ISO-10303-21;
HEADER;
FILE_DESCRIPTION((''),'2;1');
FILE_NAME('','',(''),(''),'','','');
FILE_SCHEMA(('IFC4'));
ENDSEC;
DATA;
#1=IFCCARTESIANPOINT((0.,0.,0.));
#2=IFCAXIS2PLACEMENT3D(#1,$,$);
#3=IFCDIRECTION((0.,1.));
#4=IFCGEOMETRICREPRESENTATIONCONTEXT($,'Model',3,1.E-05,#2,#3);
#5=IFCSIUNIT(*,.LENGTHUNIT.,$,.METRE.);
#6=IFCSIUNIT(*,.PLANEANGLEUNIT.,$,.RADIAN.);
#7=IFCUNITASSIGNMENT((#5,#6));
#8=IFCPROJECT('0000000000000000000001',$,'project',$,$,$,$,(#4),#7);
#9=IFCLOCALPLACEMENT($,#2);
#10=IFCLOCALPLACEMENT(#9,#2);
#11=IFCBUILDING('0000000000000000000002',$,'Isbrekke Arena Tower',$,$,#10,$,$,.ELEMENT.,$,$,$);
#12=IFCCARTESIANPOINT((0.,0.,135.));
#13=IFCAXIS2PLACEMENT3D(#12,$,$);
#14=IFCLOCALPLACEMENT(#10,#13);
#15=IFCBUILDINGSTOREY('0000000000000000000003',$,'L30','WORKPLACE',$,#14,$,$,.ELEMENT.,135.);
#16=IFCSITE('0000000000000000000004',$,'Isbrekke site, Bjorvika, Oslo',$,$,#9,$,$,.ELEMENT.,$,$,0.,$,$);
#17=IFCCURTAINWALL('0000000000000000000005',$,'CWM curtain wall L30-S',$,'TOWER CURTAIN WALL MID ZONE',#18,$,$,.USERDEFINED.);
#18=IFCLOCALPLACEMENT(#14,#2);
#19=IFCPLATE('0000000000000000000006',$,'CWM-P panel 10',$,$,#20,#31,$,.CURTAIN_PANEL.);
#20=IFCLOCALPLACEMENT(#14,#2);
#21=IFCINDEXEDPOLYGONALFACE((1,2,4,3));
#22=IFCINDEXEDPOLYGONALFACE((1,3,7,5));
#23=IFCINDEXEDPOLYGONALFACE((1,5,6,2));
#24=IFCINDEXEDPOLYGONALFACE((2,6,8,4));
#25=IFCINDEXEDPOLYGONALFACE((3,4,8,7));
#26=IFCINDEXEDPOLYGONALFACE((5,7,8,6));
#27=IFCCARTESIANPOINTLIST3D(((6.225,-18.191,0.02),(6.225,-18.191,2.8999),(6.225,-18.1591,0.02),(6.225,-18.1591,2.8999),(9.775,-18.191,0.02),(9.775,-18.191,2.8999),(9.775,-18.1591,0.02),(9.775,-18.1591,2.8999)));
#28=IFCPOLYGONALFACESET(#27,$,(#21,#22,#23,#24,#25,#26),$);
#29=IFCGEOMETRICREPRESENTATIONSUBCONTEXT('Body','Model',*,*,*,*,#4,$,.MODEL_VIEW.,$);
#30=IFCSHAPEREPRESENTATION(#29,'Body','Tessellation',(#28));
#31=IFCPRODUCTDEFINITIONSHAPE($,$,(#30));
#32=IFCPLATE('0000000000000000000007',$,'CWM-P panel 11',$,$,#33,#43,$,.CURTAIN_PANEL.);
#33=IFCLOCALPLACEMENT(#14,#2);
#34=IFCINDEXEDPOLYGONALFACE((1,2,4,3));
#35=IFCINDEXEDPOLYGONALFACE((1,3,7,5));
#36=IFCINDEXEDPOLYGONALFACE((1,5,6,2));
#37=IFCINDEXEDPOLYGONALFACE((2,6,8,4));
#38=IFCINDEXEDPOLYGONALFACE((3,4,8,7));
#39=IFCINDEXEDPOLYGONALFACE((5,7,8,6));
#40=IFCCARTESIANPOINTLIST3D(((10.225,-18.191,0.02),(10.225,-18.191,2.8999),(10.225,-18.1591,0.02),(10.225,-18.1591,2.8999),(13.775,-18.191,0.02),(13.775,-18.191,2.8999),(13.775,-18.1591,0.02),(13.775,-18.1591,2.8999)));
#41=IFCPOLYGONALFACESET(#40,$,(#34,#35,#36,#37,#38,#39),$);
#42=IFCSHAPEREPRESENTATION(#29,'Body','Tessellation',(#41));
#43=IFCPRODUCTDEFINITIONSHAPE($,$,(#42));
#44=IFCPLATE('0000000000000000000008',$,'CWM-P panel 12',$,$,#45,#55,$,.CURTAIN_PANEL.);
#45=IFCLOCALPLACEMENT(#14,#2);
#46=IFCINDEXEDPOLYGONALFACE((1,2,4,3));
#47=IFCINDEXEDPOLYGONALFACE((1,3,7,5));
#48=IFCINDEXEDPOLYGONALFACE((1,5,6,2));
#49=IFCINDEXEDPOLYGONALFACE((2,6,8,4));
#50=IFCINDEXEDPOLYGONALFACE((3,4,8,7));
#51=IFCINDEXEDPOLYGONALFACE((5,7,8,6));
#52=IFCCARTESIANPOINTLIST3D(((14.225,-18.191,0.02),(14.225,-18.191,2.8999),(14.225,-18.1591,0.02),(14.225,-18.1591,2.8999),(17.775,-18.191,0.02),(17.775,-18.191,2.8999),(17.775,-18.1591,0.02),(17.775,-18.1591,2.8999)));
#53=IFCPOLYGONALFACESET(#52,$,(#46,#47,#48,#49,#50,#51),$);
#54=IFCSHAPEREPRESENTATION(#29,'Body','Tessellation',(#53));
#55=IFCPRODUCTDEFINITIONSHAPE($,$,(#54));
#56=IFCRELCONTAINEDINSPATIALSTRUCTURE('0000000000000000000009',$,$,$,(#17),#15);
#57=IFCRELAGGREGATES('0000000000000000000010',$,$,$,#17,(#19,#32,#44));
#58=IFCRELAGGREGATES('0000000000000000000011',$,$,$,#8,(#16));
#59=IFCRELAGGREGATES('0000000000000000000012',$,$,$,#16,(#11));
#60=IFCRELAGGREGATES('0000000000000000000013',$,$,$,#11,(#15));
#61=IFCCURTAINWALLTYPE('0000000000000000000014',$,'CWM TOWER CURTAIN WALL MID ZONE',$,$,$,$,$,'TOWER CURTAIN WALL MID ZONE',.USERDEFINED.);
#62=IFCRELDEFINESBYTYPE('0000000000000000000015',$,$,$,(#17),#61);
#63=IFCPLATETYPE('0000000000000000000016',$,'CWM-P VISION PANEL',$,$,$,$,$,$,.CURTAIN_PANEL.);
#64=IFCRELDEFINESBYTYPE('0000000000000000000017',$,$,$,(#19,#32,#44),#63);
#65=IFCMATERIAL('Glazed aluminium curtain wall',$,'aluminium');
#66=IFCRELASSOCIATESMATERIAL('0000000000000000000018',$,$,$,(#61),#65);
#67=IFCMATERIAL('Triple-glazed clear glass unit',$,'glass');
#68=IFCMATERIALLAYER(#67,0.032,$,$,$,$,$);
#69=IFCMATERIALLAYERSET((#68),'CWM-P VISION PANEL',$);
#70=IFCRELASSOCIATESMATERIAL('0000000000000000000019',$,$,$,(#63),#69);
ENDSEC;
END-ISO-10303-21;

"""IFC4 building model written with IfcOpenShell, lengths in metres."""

from ifc_helpers import new_model, si_unit, direction, frame, origin, origin_2d, place, context, subcontext, project, spatial, rectangle, extrude, material, layer, layer_set, type_object, element, aggregate, save


model = new_model("IFC4")

# Units and contexts
model_context = context("Model", 3, precision=1e-05, world=origin(), true_north=direction((0.0, 1.0)))
body_context = subcontext(model_context, "Body", "Model", "MODEL_VIEW")
ifc_project = project(units=[si_unit("LENGTHUNIT", "METRE"), si_unit("PLANEANGLEUNIT", "RADIAN")], contexts=[model_context])

# Site, building, storey
site_placement = place(None, origin())
site = spatial("IfcSite", under=ifc_project, at=site_placement, Name="Isbrekke site, Bjorvika, Oslo", CompositionType="ELEMENT", RefElevation=0.0)
building_placement = place(site_placement, origin())
building = spatial("IfcBuilding", under=site, at=building_placement, Name="Isbrekke Arena Tower", CompositionType="ELEMENT")
storey_placement = place(building_placement, frame((0.0, 0.0, 135.0)))
storey = spatial("IfcBuildingStorey", under=building, at=storey_placement, Name="L30", Description="WORKPLACE", CompositionType="ELEMENT", Elevation=135.0)

# Curtain wall
ifc_material_1 = material(Name="Glazed aluminium curtain wall", Category="aluminium")
curtain_wall_type = type_object("IfcCurtainWallType", Name="CWM TOWER CURTAIN WALL MID ZONE", ElementType="TOWER CURTAIN WALL MID ZONE", PredefinedType="USERDEFINED", material=ifc_material_1)
curtain_wall_placement = place(storey_placement, origin())
curtain_wall = element("IfcCurtainWall", 1, at=curtain_wall_placement, inside=storey, type_object=curtain_wall_type, Name="CWM curtain wall L30-S", ObjectType="TOWER CURTAIN WALL MID ZONE", PredefinedType="USERDEFINED")

# Plates
ifc_material_2 = material(Name="Triple-glazed clear glass unit", Category="glass")
ifc_layer = layer(ifc_material_2, 0.032)
ifc_layer_set = layer_set([ifc_layer], Name="CWM-P VISION PANEL")
plate_type = type_object("IfcPlateType", Name="CWM-P VISION PANEL", PredefinedType="CURTAIN_PANEL", material=ifc_layer_set)
plate_1_placement = place(storey_placement, frame((8.0, -18.175, 0.02), z_axis=(0.0, 0.0, 1.0), x_axis=(1.0, 0.0, 0.0)))
plate_1 = element("IfcPlate", 2, at=plate_1_placement, type_object=plate_type, Name="CWM-P panel 10", PredefinedType="CURTAIN_PANEL", context=body_context, shape_type="SweptSolid", body=[
    extrude(rectangle(XDim=3.55, YDim=0.032, at=origin_2d()), origin(), (0.0, 0.0, 1.0), 2.8799),
])
plate_2_placement = place(storey_placement, frame((12.0, -18.175, 0.02), z_axis=(0.0, 0.0, 1.0), x_axis=(1.0, 0.0, 0.0)))
plate_2 = element("IfcPlate", 3, at=plate_2_placement, type_object=plate_type, Name="CWM-P panel 11", PredefinedType="CURTAIN_PANEL", context=body_context, shape_type="SweptSolid", body=[
    extrude(rectangle(XDim=3.55, YDim=0.032, at=origin_2d()), origin(), (0.0, 0.0, 1.0), 2.8799),
])
plate_3_placement = place(storey_placement, frame((16.0, -18.175, 0.02), z_axis=(0.0, 0.0, 1.0), x_axis=(1.0, 0.0, 0.0)))
plate_3 = element("IfcPlate", 4, at=plate_3_placement, type_object=plate_type, Name="CWM-P panel 12", PredefinedType="CURTAIN_PANEL", context=body_context, shape_type="SweptSolid", body=[
    extrude(rectangle(XDim=3.55, YDim=0.032, at=origin_2d()), origin(), (0.0, 0.0, 1.0), 2.8799),
])
aggregate(curtain_wall, [plate_1, plate_2, plate_3])

save(model, "model.ifc")
